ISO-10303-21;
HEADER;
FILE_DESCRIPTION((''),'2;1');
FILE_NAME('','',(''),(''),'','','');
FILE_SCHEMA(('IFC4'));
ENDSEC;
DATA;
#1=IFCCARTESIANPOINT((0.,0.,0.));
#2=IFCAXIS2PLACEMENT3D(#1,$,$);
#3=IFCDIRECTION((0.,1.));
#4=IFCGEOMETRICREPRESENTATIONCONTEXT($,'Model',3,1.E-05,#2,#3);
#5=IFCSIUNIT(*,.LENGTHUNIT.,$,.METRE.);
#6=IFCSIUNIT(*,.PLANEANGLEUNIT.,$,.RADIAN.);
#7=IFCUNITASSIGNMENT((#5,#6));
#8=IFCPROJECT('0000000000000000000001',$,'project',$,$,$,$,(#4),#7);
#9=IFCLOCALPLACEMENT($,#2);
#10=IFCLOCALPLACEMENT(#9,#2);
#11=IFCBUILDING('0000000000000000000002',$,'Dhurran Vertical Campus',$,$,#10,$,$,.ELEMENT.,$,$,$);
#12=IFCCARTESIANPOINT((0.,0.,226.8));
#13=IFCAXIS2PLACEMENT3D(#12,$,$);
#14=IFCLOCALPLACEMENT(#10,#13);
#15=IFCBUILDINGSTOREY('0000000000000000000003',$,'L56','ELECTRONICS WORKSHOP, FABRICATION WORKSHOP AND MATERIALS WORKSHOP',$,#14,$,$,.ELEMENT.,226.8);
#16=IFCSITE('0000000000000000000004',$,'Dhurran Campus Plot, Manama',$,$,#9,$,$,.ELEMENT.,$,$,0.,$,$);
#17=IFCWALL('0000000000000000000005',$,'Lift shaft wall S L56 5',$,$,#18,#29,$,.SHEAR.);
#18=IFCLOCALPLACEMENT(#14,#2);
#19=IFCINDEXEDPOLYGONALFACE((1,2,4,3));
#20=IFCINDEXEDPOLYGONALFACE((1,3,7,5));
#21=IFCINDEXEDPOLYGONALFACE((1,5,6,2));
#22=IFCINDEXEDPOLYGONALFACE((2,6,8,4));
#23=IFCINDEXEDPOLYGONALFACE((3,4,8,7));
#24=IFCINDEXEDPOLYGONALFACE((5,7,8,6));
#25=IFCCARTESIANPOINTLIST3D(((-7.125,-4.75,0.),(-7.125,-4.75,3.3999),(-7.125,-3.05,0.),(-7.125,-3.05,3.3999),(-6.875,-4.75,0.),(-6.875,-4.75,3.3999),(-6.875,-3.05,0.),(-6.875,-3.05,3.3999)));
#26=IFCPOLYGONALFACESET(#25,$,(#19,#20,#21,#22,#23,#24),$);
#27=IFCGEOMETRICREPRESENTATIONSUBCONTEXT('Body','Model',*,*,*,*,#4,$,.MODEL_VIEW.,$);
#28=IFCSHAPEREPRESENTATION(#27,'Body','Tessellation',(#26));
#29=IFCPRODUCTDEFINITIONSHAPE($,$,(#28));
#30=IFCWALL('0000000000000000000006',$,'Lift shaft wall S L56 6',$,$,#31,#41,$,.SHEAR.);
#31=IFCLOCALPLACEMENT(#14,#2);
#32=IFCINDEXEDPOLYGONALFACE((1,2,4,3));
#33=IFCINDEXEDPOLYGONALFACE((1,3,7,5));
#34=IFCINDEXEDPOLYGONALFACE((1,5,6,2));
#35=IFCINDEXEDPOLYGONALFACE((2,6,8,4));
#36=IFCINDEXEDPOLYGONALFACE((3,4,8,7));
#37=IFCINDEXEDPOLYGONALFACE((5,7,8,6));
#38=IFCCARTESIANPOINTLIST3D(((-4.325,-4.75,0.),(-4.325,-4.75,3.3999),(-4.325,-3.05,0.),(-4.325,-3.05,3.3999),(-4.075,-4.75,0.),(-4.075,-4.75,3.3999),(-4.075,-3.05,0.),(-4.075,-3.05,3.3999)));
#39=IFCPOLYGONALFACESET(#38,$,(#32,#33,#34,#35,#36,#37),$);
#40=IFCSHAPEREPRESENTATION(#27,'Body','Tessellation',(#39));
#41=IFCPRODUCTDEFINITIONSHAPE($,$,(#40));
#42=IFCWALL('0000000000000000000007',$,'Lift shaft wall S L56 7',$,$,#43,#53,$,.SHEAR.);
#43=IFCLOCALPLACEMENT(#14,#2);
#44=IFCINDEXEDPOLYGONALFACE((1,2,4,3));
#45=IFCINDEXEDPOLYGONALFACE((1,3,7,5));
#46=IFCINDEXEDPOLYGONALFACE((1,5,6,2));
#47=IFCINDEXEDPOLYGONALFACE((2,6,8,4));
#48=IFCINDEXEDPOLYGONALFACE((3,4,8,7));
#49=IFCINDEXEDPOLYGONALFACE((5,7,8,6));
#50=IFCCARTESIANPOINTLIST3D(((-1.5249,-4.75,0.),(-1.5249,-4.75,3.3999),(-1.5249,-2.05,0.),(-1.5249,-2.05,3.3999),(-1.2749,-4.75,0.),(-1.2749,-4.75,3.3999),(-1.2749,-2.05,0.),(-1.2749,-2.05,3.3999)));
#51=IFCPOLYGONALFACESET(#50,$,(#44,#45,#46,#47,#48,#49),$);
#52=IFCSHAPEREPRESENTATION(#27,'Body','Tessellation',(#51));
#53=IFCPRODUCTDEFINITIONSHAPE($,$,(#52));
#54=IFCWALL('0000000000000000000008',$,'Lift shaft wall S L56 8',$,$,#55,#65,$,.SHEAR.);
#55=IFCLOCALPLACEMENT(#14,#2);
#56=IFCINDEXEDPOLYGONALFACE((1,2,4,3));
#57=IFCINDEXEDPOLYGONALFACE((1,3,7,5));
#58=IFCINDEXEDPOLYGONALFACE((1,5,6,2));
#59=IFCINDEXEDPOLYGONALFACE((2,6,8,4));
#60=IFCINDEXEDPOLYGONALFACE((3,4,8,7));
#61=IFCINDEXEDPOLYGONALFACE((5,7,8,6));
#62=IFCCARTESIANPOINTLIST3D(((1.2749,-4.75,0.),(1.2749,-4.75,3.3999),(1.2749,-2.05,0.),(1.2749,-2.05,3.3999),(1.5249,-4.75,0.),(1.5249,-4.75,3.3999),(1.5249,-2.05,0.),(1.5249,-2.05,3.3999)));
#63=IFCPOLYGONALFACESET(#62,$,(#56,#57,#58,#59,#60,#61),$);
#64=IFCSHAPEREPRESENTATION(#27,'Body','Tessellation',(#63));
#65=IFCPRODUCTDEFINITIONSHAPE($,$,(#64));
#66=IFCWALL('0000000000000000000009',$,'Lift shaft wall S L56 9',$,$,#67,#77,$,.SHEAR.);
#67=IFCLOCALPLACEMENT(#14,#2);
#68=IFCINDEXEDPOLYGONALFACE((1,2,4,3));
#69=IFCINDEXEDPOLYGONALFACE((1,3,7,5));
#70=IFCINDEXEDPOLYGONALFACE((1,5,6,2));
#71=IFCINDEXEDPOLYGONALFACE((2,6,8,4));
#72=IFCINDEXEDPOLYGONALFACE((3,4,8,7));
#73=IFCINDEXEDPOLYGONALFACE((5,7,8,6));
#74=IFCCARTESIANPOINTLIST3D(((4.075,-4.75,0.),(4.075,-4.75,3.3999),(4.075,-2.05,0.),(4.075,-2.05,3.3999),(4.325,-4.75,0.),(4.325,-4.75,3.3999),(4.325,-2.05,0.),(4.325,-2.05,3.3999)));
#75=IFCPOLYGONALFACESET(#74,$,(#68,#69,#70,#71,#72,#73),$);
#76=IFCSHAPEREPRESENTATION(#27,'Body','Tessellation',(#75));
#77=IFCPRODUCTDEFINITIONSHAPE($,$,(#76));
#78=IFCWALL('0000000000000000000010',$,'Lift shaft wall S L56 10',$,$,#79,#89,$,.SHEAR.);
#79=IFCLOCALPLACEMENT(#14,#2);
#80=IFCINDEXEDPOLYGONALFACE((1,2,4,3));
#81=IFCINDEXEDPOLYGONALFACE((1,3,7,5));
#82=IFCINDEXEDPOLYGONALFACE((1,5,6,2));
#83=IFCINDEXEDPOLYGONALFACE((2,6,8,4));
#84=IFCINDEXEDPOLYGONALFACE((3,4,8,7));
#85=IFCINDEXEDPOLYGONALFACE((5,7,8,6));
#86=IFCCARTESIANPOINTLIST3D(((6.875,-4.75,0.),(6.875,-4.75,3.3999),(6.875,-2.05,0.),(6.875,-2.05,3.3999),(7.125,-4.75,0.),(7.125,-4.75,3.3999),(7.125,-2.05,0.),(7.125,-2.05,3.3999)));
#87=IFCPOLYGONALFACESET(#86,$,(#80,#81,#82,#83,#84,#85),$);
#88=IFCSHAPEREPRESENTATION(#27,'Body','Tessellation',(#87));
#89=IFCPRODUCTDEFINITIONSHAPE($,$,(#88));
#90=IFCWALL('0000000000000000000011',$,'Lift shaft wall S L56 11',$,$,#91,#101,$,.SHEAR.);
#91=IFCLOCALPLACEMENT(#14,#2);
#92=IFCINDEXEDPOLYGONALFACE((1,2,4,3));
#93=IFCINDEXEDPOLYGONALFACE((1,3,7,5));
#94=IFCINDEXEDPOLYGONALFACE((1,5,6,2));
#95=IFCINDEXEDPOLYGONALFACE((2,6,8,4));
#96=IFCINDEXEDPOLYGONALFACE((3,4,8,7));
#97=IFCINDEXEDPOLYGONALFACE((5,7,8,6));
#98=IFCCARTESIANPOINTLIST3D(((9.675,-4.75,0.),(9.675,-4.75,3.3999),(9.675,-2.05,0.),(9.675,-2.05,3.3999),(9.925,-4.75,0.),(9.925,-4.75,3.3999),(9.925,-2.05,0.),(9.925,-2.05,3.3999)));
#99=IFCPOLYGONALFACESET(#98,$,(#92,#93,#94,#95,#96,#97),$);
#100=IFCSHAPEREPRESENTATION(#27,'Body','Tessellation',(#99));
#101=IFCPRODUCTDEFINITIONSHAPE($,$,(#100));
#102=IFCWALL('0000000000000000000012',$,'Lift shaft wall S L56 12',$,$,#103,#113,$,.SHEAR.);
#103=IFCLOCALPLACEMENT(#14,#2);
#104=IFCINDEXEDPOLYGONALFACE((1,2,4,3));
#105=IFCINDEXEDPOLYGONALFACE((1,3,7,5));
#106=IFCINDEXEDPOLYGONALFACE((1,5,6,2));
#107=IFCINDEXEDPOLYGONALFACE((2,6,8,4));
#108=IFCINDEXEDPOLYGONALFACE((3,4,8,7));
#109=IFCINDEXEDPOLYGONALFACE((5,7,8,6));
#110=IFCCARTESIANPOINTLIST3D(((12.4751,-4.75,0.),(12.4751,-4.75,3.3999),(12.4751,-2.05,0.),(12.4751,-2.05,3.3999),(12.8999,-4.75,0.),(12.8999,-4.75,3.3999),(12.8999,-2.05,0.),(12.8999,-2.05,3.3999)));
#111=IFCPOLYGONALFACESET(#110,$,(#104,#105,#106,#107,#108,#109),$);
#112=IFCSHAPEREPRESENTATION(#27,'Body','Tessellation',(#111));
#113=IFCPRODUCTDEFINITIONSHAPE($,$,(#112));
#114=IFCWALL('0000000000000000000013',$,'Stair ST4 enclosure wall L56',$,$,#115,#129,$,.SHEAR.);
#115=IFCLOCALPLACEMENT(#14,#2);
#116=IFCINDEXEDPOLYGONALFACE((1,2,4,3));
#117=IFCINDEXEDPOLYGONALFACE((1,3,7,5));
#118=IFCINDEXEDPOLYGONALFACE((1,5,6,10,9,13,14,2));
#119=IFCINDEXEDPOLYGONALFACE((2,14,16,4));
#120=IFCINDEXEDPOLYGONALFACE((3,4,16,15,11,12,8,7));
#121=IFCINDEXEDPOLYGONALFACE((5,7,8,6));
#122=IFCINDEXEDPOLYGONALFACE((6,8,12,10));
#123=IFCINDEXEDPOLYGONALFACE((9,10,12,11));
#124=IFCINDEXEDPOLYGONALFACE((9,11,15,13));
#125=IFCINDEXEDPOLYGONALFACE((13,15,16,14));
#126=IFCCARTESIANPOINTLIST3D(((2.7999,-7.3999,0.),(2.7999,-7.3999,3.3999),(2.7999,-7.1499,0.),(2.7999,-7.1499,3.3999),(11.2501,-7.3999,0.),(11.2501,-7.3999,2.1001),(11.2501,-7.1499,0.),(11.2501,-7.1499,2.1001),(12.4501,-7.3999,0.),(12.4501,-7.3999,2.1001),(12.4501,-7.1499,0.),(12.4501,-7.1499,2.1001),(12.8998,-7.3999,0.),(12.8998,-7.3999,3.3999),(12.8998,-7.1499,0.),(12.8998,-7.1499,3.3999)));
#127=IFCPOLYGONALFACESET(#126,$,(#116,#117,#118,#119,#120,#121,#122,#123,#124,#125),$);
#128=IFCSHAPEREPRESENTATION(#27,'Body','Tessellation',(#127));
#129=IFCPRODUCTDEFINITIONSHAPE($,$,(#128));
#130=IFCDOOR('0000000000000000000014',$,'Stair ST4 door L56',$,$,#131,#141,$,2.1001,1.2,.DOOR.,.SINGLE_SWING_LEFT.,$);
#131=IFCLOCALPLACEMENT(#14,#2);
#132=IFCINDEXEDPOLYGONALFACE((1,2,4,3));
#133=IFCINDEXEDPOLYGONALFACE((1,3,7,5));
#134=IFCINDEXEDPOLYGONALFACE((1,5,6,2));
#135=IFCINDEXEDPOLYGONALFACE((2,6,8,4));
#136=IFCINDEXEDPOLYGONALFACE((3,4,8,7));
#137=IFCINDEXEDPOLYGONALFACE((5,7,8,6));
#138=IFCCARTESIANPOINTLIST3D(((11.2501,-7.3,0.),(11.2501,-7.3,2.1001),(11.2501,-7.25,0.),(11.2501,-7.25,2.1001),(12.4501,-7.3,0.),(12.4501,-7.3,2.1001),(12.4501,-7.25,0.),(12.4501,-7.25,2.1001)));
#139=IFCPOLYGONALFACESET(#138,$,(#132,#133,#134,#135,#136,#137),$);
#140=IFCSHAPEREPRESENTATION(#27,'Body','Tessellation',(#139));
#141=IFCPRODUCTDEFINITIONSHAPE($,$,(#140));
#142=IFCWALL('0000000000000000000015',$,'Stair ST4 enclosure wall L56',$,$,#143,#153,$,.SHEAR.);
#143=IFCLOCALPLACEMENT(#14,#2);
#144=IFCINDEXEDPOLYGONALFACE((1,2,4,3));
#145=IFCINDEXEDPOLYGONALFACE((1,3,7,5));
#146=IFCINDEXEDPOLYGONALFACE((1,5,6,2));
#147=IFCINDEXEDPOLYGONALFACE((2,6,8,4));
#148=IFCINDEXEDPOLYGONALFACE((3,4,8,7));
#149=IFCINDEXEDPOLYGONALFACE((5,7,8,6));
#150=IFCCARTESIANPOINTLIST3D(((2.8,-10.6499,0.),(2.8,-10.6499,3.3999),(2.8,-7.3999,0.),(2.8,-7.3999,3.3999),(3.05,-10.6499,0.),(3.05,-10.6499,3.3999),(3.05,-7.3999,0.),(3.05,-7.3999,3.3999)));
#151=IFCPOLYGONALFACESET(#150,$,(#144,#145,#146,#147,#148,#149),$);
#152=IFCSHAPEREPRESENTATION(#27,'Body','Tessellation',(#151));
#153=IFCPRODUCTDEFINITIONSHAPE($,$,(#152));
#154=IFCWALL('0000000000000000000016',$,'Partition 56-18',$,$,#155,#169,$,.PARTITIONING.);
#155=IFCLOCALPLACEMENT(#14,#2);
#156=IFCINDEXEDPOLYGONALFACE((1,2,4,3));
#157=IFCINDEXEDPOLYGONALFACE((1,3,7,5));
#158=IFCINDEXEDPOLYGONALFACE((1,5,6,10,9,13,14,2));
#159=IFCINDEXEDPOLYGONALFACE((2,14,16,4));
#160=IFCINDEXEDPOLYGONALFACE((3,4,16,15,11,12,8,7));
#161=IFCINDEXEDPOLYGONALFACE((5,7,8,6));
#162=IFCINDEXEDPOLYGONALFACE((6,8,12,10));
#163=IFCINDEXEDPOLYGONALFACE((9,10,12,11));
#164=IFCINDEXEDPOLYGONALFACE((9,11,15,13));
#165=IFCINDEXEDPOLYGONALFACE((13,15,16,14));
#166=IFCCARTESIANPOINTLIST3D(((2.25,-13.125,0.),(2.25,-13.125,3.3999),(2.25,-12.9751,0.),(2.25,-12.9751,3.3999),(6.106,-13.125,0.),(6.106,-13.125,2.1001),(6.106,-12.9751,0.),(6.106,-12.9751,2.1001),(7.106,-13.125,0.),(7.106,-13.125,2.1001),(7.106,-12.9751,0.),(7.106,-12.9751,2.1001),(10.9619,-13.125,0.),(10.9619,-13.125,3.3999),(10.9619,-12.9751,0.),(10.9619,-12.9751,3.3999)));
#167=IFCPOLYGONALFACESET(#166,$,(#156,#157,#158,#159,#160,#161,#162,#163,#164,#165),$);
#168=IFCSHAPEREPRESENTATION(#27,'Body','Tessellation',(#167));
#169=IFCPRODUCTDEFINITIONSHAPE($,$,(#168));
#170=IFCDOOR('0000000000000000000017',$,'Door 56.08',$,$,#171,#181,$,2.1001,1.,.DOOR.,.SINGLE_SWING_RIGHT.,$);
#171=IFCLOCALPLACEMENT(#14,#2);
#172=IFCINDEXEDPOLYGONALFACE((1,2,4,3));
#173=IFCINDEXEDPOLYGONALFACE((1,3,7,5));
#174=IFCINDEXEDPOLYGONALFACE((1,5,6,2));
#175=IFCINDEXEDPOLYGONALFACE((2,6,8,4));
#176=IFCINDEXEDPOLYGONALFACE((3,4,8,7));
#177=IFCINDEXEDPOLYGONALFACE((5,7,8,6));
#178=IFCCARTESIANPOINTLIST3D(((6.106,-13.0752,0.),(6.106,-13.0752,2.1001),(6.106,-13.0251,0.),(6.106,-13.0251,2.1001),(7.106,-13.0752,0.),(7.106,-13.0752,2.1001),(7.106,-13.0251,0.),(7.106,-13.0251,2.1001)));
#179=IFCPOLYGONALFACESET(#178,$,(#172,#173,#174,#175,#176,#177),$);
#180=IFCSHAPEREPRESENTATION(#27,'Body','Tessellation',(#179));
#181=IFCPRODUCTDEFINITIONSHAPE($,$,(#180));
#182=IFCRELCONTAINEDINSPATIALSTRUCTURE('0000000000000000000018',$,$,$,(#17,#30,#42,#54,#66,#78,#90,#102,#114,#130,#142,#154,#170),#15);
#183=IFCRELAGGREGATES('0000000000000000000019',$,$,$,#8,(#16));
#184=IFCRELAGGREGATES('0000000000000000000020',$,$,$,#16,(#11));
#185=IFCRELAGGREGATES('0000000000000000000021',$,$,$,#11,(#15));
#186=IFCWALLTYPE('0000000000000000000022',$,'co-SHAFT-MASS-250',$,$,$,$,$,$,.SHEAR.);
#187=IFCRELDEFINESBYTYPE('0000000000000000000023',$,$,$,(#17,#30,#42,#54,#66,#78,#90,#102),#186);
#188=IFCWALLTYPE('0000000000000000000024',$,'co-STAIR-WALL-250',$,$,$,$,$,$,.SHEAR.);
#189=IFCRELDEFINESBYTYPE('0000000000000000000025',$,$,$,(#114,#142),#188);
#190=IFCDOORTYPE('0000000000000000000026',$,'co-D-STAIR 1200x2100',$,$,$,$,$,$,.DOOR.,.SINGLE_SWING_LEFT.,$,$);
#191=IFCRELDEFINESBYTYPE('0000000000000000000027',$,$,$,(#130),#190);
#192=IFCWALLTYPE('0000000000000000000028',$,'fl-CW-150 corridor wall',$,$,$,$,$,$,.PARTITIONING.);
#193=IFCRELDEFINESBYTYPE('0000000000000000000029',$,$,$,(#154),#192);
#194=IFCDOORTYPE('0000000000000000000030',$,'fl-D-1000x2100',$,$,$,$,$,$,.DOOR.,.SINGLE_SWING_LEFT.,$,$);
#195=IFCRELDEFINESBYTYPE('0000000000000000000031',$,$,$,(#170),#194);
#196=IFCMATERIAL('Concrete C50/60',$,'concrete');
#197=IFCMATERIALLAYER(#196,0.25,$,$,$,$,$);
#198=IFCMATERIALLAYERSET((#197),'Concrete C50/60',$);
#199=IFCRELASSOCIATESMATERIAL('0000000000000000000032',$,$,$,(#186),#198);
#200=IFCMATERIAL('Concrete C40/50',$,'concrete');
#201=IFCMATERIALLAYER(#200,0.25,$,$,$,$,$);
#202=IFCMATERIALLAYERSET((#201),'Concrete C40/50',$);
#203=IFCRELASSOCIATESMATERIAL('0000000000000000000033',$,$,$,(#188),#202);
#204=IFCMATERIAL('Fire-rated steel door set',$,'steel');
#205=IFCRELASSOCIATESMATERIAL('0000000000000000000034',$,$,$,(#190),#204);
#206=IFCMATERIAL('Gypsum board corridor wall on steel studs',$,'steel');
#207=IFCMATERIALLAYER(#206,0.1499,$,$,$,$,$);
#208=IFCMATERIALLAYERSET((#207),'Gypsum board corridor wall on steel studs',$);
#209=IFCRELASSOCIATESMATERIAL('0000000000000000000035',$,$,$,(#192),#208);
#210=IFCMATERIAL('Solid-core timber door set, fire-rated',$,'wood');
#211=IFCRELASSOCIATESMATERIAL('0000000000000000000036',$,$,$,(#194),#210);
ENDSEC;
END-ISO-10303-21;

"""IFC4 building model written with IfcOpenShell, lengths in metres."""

from ifc_helpers import new_model, si_unit, direction, frame, frame_2d, origin, place, context, subcontext, project, spatial, polyline, rectangle, outline, extrude, material, layer, layer_set, type_object, element, fill, save


model = new_model("IFC4")

# Units and contexts
model_context = context("Model", 3, precision=1e-05, world=origin(), true_north=direction((0.0, 1.0)))
body_context = subcontext(model_context, "Body", "Model", "MODEL_VIEW")
ifc_project = project(units=[si_unit("LENGTHUNIT", "METRE"), si_unit("PLANEANGLEUNIT", "RADIAN")], contexts=[model_context])

# Site, building, storey
site_placement = place(None, origin())
site = spatial("IfcSite", under=ifc_project, at=site_placement, Name="Dhurran Campus Plot, Manama", CompositionType="ELEMENT", RefElevation=0.0)
building_placement = place(site_placement, origin())
building = spatial("IfcBuilding", under=site, at=building_placement, Name="Dhurran Vertical Campus", CompositionType="ELEMENT")
storey_placement = place(building_placement, frame((0.0, 0.0, 226.8)))
storey = spatial("IfcBuildingStorey", under=building, at=storey_placement, Name="L56", Description="ELECTRONICS WORKSHOP, FABRICATION WORKSHOP AND MATERIALS WORKSHOP", CompositionType="ELEMENT", Elevation=226.8)

# Walls
ifc_material_1 = material(Name="Concrete C50/60", Category="concrete")
ifc_layer_1 = layer(ifc_material_1, 0.25)
ifc_layer_set_1 = layer_set([ifc_layer_1], Name="Concrete C50/60")
wall_type_1 = type_object("IfcWallType", Name="co-SHAFT-MASS-250", PredefinedType="SHEAR", material=ifc_layer_set_1)
wall_1_placement = place(storey_placement, origin())
element("IfcWall", 1, at=wall_1_placement, inside=storey, type_object=wall_type_1, Name="Lift shaft wall S L56 5", PredefinedType="SHEAR", context=body_context, shape_type="SweptSolid", body=[
    extrude(outline(polyline([(-7.125, -4.75), (-6.875, -4.75), (-6.875, -3.05), (-7.125, -3.05), (-7.125, -4.75)])), origin(), (0.0, 0.0, 1.0), 3.3999),
])
wall_2_placement = place(storey_placement, origin())
element("IfcWall", 2, at=wall_2_placement, inside=storey, type_object=wall_type_1, Name="Lift shaft wall S L56 6", PredefinedType="SHEAR", context=body_context, shape_type="SweptSolid", body=[
    extrude(outline(polyline([(-4.325, -4.75), (-4.075, -4.75), (-4.075, -3.05), (-4.325, -3.05), (-4.325, -4.75)])), origin(), (0.0, 0.0, 1.0), 3.3999),
])
wall_3_placement = place(storey_placement, origin())
element("IfcWall", 3, at=wall_3_placement, inside=storey, type_object=wall_type_1, Name="Lift shaft wall S L56 7", PredefinedType="SHEAR", context=body_context, shape_type="SweptSolid", body=[
    extrude(outline(polyline([(-1.5249, -4.75), (-1.2749, -4.75), (-1.2749, -2.05), (-1.5249, -2.05), (-1.5249, -4.75)])), origin(), (0.0, 0.0, 1.0), 3.3999),
])
wall_4_placement = place(storey_placement, origin())
element("IfcWall", 4, at=wall_4_placement, inside=storey, type_object=wall_type_1, Name="Lift shaft wall S L56 8", PredefinedType="SHEAR", context=body_context, shape_type="SweptSolid", body=[
    extrude(outline(polyline([(1.2749, -4.75), (1.5249, -4.75), (1.5249, -2.05), (1.2749, -2.05), (1.2749, -4.75)])), origin(), (0.0, 0.0, 1.0), 3.3999),
])
wall_5_placement = place(storey_placement, origin())
element("IfcWall", 5, at=wall_5_placement, inside=storey, type_object=wall_type_1, Name="Lift shaft wall S L56 9", PredefinedType="SHEAR", context=body_context, shape_type="SweptSolid", body=[
    extrude(outline(polyline([(4.075, -4.75), (4.325, -4.75), (4.325, -2.05), (4.075, -2.05), (4.075, -4.75)])), origin(), (0.0, 0.0, 1.0), 3.3999),
])
wall_6_placement = place(storey_placement, origin())
element("IfcWall", 6, at=wall_6_placement, inside=storey, type_object=wall_type_1, Name="Lift shaft wall S L56 10", PredefinedType="SHEAR", context=body_context, shape_type="SweptSolid", body=[
    extrude(outline(polyline([(6.875, -4.75), (7.125, -4.75), (7.125, -2.05), (6.875, -2.05), (6.875, -4.75)])), origin(), (0.0, 0.0, 1.0), 3.3999),
])
wall_7_placement = place(storey_placement, origin())
element("IfcWall", 7, at=wall_7_placement, inside=storey, type_object=wall_type_1, Name="Lift shaft wall S L56 11", PredefinedType="SHEAR", context=body_context, shape_type="SweptSolid", body=[
    extrude(outline(polyline([(9.675, -4.75), (9.925, -4.75), (9.925, -2.05), (9.675, -2.05), (9.675, -4.75)])), origin(), (0.0, 0.0, 1.0), 3.3999),
])
wall_8_placement = place(storey_placement, origin())
element("IfcWall", 8, at=wall_8_placement, inside=storey, type_object=wall_type_1, Name="Lift shaft wall S L56 12", PredefinedType="SHEAR", context=body_context, shape_type="SweptSolid", body=[
    extrude(outline(polyline([(12.4751, -4.75), (12.8999, -4.75), (12.8999, -2.05), (12.4751, -2.05), (12.4751, -4.75)])), origin(), (0.0, 0.0, 1.0), 3.3999),
])

# Wall, opening, door
ifc_material_2 = material(Name="Concrete C40/50", Category="concrete")
ifc_layer_2 = layer(ifc_material_2, 0.25)
ifc_layer_set_2 = layer_set([ifc_layer_2], Name="Concrete C40/50")
wall_type_2 = type_object("IfcWallType", Name="co-STAIR-WALL-250", PredefinedType="SHEAR", material=ifc_layer_set_2)
wall_9_placement = place(storey_placement, frame((2.8, -7.2749, 0.0), z_axis=(0.0, 0.0, 1.0), x_axis=(1.0, 0.0, 0.0)))
wall_9 = element("IfcWall", 9, at=wall_9_placement, inside=storey, type_object=wall_type_2, Name="Stair ST4 enclosure wall L56", PredefinedType="SHEAR", context=body_context, shape_type="SweptSolid", body=[
    extrude(rectangle(XDim=10.0999, YDim=0.25, at=frame_2d((5.0498, 0.0))), origin(), (0.0, 0.0, 1.0), 3.3999),
])
opening_1_placement = place(wall_9_placement, frame((8.45, 0.0, 0.0)))
opening_1 = element("IfcOpeningElement", 10, at=opening_1_placement, cuts=wall_9, PredefinedType="OPENING", context=body_context, shape_type="SweptSolid", body=[
    extrude(rectangle(XDim=1.2, YDim=2.1001, at=frame_2d((0.6001, 1.05))), frame((0.0, 0.135, 0.0), z_axis=(0.0, -1.0, 0.0), x_axis=(1.0, 0.0, 0.0)), (0.0, 0.0, 1.0), 0.27),
])
ifc_material_3 = material(Name="Fire-rated steel door set", Category="steel")
door_type_1 = type_object("IfcDoorType", Name="co-D-STAIR 1200x2100", OperationType="SINGLE_SWING_LEFT", PredefinedType="DOOR", material=ifc_material_3)
door_1_placement = place(opening_1_placement, origin())
door_1 = element("IfcDoor", 11, at=door_1_placement, inside=storey, type_object=door_type_1, Name="Stair ST4 door L56", OperationType="SINGLE_SWING_LEFT", OverallHeight=2.1001, OverallWidth=1.2, PredefinedType="DOOR", context=body_context, shape_type="SweptSolid", body=[
    extrude(rectangle(XDim=1.2, YDim=2.1001, at=frame_2d((0.6001, 1.05))), frame((0.0, 0.0249, 0.0), z_axis=(0.0, -1.0, 0.0), x_axis=(1.0, 0.0, 0.0)), (0.0, 0.0, 1.0), 0.05),
])
fill(opening_1, door_1)

# Wall
wall_10_placement = place(storey_placement, frame((2.925, -10.6499, 0.0), z_axis=(0.0, 0.0, 1.0), x_axis=(0.0, 1.0, 0.0)))
element("IfcWall", 12, at=wall_10_placement, inside=storey, type_object=wall_type_2, Name="Stair ST4 enclosure wall L56", PredefinedType="SHEAR", context=body_context, shape_type="SweptSolid", body=[
    extrude(rectangle(XDim=3.25, YDim=0.25, at=frame_2d((1.625, 0.0))), origin(), (0.0, 0.0, 1.0), 3.3999),
])

# Wall, opening, door
ifc_material_4 = material(Name="Gypsum board corridor wall on steel studs", Category="steel")
ifc_layer_3 = layer(ifc_material_4, 0.1499)
ifc_layer_set_3 = layer_set([ifc_layer_3], Name="Gypsum board corridor wall on steel studs")
wall_type_3 = type_object("IfcWallType", Name="fl-CW-150 corridor wall", PredefinedType="PARTITIONING", material=ifc_layer_set_3)
wall_11_placement = place(storey_placement, frame((2.25, -13.05, 0.0), z_axis=(0.0, 0.0, 1.0), x_axis=(1.0, 0.0, 0.0)))
wall_11 = element("IfcWall", 13, at=wall_11_placement, inside=storey, type_object=wall_type_3, Name="Partition 56-18", PredefinedType="PARTITIONING", context=body_context, shape_type="SweptSolid", body=[
    extrude(rectangle(XDim=8.7119, YDim=0.1499, at=frame_2d((4.356, 0.0))), origin(), (0.0, 0.0, 1.0), 3.3999),
])
opening_2_placement = place(wall_11_placement, frame((3.856, 0.0, 0.0)))
opening_2 = element("IfcOpeningElement", 14, at=opening_2_placement, cuts=wall_11, PredefinedType="OPENING", context=body_context, shape_type="SweptSolid", body=[
    extrude(rectangle(XDim=1.0, YDim=2.1001, at=frame_2d((0.5, 1.05))), frame((0.0, 0.085, 0.0), z_axis=(0.0, -1.0, 0.0), x_axis=(1.0, 0.0, 0.0)), (0.0, 0.0, 1.0), 0.1699),
])
ifc_material_5 = material(Name="Solid-core timber door set, fire-rated", Category="wood")
door_type_2 = type_object("IfcDoorType", Name="fl-D-1000x2100", OperationType="SINGLE_SWING_LEFT", PredefinedType="DOOR", material=ifc_material_5)
door_2_placement = place(opening_2_placement, origin())
door_2 = element("IfcDoor", 15, at=door_2_placement, inside=storey, type_object=door_type_2, Name="Door 56.08", OperationType="SINGLE_SWING_RIGHT", OverallHeight=2.1001, OverallWidth=1.0, PredefinedType="DOOR", context=body_context, shape_type="SweptSolid", body=[
    extrude(rectangle(XDim=1.0, YDim=2.1001, at=frame_2d((0.5, 1.05))), frame((0.0, 0.0249, 0.0), z_axis=(0.0, -1.0, 0.0), x_axis=(1.0, 0.0, 0.0)), (0.0, 0.0, 1.0), 0.05),
])
fill(opening_2, door_2)

save(model, "model.ifc")
